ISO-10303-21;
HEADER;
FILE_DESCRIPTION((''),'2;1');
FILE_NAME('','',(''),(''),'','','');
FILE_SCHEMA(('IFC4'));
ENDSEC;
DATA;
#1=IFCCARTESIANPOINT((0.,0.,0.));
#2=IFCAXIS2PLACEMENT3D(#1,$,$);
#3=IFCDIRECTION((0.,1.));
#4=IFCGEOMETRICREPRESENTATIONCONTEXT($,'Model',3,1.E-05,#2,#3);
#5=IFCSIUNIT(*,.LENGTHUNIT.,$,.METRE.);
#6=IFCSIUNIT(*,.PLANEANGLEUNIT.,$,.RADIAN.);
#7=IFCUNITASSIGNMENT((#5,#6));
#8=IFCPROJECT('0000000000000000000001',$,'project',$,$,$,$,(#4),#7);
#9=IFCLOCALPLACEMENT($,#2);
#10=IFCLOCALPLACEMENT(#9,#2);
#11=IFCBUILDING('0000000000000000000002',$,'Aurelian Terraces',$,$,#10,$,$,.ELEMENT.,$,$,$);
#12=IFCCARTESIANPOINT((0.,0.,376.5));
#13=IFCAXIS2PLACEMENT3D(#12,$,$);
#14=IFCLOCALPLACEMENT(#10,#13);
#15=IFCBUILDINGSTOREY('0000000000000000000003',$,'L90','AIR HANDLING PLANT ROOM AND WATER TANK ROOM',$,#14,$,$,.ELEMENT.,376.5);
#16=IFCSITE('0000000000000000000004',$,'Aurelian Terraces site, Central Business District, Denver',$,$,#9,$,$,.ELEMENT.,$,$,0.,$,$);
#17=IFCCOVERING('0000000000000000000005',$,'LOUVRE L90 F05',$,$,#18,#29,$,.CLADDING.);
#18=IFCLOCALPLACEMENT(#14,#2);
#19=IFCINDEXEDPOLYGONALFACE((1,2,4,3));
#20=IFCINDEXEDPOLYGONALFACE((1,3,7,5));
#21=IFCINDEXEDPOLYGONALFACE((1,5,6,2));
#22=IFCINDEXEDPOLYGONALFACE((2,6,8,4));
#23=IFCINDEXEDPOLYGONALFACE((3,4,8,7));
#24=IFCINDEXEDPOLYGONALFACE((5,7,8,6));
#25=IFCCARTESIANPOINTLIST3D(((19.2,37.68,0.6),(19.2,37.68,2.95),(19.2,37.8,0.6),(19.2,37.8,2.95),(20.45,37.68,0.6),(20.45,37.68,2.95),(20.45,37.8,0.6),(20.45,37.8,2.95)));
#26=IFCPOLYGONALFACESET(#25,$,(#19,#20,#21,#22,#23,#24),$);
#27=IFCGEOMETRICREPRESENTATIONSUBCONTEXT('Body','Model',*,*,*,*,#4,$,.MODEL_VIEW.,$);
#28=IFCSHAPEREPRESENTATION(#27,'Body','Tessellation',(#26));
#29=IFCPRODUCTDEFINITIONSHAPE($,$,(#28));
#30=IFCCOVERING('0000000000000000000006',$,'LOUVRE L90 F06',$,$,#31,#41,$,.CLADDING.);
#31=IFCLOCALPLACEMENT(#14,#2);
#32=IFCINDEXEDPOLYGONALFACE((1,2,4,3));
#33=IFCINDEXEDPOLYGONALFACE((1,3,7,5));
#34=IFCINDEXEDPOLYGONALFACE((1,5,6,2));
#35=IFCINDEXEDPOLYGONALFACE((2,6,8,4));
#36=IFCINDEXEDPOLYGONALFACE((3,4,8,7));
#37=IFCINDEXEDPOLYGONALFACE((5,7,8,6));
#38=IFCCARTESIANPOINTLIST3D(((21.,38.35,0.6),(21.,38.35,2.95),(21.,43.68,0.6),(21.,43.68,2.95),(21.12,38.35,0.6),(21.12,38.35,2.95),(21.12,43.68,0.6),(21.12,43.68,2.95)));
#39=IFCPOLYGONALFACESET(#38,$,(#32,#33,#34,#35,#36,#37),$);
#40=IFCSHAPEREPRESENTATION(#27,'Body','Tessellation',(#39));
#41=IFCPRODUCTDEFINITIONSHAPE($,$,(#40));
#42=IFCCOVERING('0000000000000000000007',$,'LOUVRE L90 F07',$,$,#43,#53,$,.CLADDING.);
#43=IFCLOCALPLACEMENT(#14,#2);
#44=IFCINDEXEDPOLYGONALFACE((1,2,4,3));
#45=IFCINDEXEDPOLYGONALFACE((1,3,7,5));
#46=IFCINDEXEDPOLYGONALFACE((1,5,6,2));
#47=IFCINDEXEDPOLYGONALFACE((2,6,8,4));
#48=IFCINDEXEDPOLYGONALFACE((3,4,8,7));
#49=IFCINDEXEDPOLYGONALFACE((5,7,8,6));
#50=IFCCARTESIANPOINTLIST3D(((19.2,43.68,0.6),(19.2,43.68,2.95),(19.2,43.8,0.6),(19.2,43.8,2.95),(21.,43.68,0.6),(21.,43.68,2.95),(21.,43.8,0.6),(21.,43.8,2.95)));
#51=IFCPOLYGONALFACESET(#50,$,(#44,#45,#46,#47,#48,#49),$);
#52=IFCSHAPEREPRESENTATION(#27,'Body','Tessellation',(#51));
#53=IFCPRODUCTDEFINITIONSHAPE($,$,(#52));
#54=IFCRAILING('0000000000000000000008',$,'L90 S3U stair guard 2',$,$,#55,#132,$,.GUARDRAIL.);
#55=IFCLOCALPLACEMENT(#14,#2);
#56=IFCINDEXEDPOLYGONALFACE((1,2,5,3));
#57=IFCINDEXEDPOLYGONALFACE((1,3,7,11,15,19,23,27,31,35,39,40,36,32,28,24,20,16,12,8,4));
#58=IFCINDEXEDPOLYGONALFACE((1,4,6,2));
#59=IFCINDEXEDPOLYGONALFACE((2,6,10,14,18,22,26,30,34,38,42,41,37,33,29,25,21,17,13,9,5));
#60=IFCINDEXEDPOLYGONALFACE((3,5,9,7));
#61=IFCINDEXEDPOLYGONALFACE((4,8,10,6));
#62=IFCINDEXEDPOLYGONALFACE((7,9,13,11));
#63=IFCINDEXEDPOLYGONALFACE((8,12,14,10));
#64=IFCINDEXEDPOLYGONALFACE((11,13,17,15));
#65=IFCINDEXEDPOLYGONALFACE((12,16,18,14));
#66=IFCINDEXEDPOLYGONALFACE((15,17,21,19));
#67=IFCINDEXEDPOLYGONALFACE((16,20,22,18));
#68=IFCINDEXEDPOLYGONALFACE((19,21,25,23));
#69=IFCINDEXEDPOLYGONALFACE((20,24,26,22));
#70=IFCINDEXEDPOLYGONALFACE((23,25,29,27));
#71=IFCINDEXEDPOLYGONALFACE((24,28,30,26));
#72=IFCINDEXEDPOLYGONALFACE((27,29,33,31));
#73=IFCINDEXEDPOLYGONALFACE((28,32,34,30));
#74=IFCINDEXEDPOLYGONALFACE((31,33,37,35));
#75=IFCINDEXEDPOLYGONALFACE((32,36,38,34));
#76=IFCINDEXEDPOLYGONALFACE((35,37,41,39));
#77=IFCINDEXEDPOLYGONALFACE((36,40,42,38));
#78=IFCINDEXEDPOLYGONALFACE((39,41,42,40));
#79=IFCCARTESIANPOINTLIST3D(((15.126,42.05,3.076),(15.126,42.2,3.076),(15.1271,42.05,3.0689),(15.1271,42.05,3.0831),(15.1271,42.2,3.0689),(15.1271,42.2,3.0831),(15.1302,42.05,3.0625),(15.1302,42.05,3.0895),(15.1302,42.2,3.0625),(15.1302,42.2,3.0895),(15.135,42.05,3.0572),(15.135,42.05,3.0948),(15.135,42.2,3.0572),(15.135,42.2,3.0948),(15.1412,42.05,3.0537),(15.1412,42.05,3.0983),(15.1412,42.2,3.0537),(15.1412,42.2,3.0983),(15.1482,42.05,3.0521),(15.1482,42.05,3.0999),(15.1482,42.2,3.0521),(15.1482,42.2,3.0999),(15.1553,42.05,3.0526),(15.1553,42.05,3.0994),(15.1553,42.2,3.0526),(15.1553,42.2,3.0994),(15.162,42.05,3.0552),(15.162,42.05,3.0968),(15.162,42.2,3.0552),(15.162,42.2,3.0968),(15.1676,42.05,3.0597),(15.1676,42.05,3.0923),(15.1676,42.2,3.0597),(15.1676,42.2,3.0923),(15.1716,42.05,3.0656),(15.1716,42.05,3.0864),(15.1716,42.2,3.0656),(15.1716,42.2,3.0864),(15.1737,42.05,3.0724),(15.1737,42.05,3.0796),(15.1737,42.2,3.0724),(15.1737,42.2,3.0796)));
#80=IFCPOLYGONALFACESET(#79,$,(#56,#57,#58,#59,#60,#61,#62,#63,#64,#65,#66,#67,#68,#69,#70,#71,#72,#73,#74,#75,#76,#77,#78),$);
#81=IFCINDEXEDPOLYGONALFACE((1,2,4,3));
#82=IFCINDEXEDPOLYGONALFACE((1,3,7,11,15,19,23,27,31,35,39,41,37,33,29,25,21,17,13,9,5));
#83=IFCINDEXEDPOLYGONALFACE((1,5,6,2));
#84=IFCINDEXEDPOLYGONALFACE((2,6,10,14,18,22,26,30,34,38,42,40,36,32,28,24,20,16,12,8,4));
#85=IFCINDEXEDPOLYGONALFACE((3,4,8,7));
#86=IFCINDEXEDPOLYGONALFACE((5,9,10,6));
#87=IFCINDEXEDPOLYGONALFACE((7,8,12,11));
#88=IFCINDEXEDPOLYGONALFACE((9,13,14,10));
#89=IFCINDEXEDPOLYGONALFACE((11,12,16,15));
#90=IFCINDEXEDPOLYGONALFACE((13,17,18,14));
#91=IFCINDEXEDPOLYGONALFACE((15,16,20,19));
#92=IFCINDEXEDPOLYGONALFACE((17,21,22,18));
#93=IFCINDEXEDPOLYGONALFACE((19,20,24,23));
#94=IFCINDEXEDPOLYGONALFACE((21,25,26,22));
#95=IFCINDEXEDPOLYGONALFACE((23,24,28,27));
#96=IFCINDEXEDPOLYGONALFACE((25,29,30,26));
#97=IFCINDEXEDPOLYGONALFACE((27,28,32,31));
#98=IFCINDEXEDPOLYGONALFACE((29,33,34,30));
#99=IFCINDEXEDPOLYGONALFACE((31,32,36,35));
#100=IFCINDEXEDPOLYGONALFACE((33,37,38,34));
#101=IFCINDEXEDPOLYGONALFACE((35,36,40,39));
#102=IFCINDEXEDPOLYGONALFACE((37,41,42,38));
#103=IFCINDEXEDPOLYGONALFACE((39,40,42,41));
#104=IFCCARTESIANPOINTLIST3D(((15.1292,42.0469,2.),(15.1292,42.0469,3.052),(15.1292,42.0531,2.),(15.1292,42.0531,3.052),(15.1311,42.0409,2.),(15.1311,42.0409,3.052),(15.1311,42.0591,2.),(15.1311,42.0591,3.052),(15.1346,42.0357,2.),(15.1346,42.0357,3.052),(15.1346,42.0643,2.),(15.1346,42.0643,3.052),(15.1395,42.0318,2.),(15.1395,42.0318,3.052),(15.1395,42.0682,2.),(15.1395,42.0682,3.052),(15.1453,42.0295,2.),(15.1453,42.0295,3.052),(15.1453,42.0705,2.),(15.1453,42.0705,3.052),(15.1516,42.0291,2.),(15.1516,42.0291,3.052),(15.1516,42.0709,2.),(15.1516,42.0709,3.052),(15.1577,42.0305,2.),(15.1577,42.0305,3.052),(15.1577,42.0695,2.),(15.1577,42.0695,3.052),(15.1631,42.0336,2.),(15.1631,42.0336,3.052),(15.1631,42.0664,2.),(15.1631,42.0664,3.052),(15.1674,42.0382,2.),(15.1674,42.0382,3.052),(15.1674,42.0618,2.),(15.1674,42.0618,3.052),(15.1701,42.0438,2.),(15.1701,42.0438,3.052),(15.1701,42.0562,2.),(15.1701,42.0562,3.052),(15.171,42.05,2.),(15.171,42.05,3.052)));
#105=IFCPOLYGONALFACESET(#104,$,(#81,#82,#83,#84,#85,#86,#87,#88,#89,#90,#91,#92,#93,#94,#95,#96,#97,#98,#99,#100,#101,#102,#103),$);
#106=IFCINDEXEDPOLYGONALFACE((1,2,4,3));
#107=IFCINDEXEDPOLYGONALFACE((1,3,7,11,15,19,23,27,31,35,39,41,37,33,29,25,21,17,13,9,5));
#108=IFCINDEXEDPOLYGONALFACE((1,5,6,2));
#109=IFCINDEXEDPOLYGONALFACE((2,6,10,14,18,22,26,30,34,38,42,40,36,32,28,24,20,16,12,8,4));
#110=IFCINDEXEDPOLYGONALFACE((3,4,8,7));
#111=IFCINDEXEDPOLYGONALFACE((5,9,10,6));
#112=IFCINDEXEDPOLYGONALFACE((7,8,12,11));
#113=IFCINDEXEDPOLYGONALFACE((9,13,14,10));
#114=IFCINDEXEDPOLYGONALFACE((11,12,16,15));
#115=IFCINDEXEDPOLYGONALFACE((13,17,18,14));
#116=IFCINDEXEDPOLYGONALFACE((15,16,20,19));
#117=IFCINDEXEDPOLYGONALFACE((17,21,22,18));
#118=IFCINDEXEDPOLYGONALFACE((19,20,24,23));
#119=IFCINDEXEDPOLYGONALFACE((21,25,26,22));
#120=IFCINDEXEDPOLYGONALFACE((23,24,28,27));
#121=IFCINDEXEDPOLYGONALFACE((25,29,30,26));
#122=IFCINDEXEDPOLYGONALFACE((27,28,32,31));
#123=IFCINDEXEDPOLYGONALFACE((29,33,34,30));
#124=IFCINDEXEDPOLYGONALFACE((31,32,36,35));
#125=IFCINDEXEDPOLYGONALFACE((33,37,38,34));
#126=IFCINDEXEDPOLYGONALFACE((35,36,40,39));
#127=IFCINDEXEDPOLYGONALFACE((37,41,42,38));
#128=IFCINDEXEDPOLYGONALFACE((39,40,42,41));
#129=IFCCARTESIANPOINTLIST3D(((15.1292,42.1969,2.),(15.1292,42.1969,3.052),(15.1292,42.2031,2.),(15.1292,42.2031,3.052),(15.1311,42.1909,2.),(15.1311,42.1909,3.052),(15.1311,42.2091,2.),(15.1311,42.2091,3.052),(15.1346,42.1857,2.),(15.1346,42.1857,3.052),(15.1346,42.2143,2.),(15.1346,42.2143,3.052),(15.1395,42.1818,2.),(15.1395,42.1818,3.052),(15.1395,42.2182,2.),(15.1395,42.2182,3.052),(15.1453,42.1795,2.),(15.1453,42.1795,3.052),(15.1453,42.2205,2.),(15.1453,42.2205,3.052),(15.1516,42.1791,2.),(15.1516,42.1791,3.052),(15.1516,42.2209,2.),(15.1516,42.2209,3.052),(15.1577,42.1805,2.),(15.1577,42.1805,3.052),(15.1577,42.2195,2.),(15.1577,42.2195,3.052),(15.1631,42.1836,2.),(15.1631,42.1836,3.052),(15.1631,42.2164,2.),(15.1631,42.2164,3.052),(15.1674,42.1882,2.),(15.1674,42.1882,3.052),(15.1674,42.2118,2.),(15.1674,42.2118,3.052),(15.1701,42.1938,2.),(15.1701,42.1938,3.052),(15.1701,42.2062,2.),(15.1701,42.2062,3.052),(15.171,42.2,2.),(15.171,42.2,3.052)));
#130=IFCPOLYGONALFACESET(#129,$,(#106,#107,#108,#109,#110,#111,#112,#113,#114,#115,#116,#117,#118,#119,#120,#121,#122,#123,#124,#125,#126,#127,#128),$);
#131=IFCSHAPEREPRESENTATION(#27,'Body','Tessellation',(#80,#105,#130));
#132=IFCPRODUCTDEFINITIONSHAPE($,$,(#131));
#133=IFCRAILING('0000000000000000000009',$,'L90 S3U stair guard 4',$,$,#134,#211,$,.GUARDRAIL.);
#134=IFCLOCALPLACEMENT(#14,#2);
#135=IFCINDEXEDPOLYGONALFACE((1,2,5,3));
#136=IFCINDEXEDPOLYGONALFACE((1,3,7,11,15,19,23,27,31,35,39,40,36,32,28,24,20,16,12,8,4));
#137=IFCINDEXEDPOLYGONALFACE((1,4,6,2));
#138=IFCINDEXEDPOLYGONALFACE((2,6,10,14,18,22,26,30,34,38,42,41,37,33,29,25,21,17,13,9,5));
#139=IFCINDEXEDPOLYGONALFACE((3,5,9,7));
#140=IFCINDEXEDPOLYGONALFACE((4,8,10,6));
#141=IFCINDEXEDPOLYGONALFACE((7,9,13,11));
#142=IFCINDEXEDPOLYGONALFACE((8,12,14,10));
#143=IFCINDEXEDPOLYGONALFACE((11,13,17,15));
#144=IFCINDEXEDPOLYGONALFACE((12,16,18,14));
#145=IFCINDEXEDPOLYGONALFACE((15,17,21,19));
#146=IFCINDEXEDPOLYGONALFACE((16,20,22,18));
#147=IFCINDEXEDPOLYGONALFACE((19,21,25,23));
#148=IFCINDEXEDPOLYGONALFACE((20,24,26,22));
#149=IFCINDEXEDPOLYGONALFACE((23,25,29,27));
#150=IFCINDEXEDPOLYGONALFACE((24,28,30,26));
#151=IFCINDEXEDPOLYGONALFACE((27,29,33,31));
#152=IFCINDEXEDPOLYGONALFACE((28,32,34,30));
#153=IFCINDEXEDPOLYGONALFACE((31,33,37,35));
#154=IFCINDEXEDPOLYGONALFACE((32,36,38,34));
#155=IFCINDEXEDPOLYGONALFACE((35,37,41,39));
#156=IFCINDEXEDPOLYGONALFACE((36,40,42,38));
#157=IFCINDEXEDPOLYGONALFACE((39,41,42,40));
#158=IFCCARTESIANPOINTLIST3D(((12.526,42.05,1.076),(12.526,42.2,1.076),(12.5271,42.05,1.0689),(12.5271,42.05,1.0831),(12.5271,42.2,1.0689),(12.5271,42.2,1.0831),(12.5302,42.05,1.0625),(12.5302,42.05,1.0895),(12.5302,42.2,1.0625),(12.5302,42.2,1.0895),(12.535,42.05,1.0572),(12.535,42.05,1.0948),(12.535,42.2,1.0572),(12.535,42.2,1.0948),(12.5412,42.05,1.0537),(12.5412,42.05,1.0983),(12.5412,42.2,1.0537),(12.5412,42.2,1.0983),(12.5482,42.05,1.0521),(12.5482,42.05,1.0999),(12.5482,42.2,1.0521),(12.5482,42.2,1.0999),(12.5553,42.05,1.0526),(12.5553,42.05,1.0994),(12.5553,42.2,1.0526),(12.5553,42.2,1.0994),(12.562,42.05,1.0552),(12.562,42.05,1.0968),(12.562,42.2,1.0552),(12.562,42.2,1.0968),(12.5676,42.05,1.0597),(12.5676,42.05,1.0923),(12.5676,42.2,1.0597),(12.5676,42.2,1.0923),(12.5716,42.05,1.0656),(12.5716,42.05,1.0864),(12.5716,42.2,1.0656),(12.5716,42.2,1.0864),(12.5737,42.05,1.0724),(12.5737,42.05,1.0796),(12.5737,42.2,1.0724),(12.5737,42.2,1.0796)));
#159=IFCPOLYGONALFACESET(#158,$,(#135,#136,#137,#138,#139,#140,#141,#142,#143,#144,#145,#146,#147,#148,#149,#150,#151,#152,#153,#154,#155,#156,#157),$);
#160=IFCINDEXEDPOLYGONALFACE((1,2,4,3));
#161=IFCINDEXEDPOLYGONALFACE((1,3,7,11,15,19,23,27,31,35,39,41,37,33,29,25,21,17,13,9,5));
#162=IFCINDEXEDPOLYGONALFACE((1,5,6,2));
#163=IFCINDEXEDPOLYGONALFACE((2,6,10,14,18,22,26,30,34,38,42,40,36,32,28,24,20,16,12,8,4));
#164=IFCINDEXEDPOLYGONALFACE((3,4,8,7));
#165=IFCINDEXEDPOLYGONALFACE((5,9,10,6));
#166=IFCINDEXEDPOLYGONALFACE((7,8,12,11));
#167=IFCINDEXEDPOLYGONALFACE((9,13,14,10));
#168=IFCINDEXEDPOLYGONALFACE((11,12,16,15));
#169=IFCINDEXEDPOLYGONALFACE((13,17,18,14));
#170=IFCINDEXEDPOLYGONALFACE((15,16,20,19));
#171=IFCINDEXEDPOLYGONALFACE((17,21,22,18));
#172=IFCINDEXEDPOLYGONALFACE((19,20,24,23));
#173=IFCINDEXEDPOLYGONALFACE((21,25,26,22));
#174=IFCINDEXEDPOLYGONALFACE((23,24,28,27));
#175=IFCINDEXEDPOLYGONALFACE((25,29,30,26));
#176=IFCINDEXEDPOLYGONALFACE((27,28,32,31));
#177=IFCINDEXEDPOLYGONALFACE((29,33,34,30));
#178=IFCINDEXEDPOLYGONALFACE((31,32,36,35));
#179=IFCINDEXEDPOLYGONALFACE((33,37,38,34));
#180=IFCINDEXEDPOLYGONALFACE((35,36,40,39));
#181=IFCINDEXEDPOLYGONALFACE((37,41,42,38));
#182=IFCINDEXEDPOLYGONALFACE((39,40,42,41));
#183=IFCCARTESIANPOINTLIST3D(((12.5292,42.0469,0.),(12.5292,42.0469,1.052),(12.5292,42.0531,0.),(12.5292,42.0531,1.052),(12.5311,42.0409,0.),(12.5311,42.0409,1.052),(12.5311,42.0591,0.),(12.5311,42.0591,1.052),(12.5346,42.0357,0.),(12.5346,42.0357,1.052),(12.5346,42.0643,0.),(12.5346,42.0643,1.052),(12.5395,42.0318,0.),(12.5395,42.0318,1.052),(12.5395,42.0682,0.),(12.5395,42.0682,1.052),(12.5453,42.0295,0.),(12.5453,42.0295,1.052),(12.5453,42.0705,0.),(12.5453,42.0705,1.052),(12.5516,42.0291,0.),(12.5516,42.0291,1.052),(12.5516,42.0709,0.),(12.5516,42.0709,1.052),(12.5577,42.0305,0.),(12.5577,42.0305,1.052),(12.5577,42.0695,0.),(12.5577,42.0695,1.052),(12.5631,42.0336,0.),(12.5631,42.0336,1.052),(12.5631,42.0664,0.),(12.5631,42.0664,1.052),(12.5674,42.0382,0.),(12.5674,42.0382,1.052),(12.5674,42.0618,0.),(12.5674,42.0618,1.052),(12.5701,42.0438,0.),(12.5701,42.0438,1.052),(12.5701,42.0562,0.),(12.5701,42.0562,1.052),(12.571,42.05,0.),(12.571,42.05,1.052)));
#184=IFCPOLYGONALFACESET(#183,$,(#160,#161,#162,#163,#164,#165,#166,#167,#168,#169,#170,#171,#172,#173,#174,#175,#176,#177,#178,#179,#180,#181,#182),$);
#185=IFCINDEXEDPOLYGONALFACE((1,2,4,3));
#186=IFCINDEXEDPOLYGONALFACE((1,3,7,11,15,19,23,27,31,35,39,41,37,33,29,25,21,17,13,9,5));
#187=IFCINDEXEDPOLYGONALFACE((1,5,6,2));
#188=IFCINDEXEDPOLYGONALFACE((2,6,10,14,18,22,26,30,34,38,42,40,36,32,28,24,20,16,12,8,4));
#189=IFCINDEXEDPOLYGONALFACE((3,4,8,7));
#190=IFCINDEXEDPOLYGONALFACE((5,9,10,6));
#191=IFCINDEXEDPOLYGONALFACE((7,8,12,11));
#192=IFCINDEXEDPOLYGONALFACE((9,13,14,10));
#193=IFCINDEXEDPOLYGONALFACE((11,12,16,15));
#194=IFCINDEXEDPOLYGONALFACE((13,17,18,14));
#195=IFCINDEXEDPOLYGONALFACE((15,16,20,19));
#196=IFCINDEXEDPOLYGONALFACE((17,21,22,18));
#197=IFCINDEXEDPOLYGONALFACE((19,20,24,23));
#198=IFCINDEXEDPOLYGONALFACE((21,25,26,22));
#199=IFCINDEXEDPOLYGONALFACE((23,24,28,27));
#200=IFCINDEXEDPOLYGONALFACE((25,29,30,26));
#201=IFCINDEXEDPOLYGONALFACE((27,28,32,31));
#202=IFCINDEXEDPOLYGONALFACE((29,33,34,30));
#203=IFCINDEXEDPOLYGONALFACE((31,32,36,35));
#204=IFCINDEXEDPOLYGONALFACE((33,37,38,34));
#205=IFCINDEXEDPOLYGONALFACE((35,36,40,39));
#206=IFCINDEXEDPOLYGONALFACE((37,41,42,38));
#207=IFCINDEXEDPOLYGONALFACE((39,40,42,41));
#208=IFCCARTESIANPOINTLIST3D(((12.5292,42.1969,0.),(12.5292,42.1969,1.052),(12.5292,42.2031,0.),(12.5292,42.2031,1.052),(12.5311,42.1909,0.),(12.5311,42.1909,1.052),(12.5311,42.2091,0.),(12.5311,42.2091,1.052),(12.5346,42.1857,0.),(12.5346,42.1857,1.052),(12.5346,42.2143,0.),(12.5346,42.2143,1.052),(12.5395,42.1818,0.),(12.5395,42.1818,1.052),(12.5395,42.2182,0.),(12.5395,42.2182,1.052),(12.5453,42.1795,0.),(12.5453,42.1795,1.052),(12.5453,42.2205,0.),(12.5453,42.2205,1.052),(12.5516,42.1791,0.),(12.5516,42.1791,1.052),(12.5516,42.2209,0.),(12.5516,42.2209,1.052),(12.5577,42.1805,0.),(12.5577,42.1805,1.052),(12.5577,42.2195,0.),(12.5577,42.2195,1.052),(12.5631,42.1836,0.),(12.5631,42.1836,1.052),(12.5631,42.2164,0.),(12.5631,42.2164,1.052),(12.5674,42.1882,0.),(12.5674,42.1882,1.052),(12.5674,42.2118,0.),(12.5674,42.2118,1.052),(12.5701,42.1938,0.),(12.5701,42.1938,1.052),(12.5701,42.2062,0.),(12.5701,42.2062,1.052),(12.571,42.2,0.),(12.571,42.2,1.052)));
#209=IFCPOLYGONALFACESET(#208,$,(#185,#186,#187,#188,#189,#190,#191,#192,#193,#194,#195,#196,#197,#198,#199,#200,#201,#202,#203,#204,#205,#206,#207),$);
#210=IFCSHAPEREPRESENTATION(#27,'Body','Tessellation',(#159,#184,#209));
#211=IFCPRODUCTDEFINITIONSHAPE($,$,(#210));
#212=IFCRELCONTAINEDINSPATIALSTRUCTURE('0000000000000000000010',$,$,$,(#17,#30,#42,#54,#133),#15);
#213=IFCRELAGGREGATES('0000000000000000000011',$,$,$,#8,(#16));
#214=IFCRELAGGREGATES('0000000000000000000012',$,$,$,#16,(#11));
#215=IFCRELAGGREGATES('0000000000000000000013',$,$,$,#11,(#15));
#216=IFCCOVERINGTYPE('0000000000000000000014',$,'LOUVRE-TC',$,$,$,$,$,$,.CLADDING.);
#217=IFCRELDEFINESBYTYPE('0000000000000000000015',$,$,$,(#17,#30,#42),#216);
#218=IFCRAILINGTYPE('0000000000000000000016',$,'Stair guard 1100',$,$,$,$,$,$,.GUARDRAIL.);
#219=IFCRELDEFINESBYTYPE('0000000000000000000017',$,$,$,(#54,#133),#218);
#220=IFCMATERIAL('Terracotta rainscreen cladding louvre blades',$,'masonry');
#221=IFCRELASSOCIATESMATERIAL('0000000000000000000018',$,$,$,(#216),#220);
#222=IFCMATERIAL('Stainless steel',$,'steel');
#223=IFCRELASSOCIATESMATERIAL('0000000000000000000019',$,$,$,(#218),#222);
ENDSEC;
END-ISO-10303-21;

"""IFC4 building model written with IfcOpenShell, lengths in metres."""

from ifc_helpers import new_model, si_unit, direction, frame, origin, origin_2d, place, context, subcontext, project, spatial, rectangle, circle, extrude, source, transform, mapped, material, type_object, element, save


model = new_model("IFC4")

# Units and contexts
model_context = context("Model", 3, precision=1e-05, world=origin(), true_north=direction((0.0, 1.0)))
body_context = subcontext(model_context, "Body", "Model", "MODEL_VIEW")
ifc_project = project(units=[si_unit("LENGTHUNIT", "METRE"), si_unit("PLANEANGLEUNIT", "RADIAN")], contexts=[model_context])

# Site, building, storey
site_placement = place(None, origin())
site = spatial("IfcSite", under=ifc_project, at=site_placement, Name="Aurelian Terraces site, Central Business District, Denver", CompositionType="ELEMENT", RefElevation=0.0)
building_placement = place(site_placement, origin())
building = spatial("IfcBuilding", under=site, at=building_placement, Name="Aurelian Terraces", CompositionType="ELEMENT")
storey_placement = place(building_placement, frame((0.0, 0.0, 376.5)))
storey = spatial("IfcBuildingStorey", under=building, at=storey_placement, Name="L90", Description="AIR HANDLING PLANT ROOM AND WATER TANK ROOM", CompositionType="ELEMENT", Elevation=376.5)

# Coverings
ifc_material_1 = material(Name="Terracotta rainscreen cladding louvre blades", Category="masonry")
covering_type = type_object("IfcCoveringType", Name="LOUVRE-TC", PredefinedType="CLADDING", material=ifc_material_1)
covering_1_placement = place(storey_placement, frame((19.825, 37.74, 0.6), z_axis=(0.0, 0.0, 1.0), x_axis=(1.0, 0.0, 0.0)))
element("IfcCovering", 1, at=covering_1_placement, inside=storey, type_object=covering_type, Name="LOUVRE L90 F05", PredefinedType="CLADDING", context=body_context, shape_type="SweptSolid", body=[
    extrude(rectangle(XDim=1.25, YDim=0.12, at=origin_2d()), origin(), (0.0, 0.0, 1.0), 2.35),
])
covering_2_placement = place(storey_placement, frame((21.06, 41.015, 0.6), z_axis=(0.0, 0.0, 1.0), x_axis=(1.0, 0.0, 0.0)))
element("IfcCovering", 2, at=covering_2_placement, inside=storey, type_object=covering_type, Name="LOUVRE L90 F06", PredefinedType="CLADDING", context=body_context, shape_type="SweptSolid", body=[
    extrude(rectangle(XDim=0.12, YDim=5.33, at=origin_2d()), origin(), (0.0, 0.0, 1.0), 2.35),
])
shared_shape_1 = source(origin(), body_context, "Body", "SweptSolid", [
    extrude(rectangle(XDim=1.8, YDim=0.12, at=origin_2d()), origin(), (0.0, 0.0, 1.0), 2.35),
])
covering_3_placement = place(storey_placement, frame((20.1, 43.74, 0.6), z_axis=(0.0, 0.0, 1.0), x_axis=(1.0, 0.0, 0.0)))
element("IfcCovering", 3, at=covering_3_placement, inside=storey, type_object=covering_type, Name="LOUVRE L90 F07", PredefinedType="CLADDING", context=body_context, shape_type="MappedRepresentation", body=[
    mapped(shared_shape_1, transform((0.0, 0.0, 0.0), scale=1.0)),
])

# Railings
ifc_material_2 = material(Name="Stainless steel", Category="steel")
railing_type_1 = type_object("IfcRailingType", Name="Stair guard 1100", PredefinedType="GUARDRAIL", material=ifc_material_2)
shared_shape_2 = source(origin(), body_context, "Body", "SweptSolid", [
    extrude(circle(Radius=0.024, at=origin_2d()), frame((0.0, 0.0, 1.076), z_axis=(0.0, 1.0, 0.0), x_axis=(-1.0, 0.0, 0.0)), (0.0, 0.0, 1.0), 0.15),
    extrude(circle(Radius=0.021, at=origin_2d()), origin(), (0.0, 0.0, 1.0), 1.052),
    extrude(circle(Radius=0.021, at=origin_2d()), frame((0.0, 0.15, 0.0)), (0.0, 0.0, 1.0), 1.052),
])
for number, where, name in (
    (4, (15.15, 42.05, 2.0), "L90 S3U stair guard 2"),
    (5, (12.55, 42.05, 0.0), "L90 S3U stair guard 4"),
):
    element("IfcRailing", number, at=place(storey_placement, frame(where)), inside=storey, type_object=railing_type_1, Name=name, PredefinedType="GUARDRAIL", context=body_context, shape_type="MappedRepresentation", body=[
        mapped(shared_shape_2, transform((0.0, 0.0, 0.0), scale=1.0)),
    ])

save(model, "model.ifc")
